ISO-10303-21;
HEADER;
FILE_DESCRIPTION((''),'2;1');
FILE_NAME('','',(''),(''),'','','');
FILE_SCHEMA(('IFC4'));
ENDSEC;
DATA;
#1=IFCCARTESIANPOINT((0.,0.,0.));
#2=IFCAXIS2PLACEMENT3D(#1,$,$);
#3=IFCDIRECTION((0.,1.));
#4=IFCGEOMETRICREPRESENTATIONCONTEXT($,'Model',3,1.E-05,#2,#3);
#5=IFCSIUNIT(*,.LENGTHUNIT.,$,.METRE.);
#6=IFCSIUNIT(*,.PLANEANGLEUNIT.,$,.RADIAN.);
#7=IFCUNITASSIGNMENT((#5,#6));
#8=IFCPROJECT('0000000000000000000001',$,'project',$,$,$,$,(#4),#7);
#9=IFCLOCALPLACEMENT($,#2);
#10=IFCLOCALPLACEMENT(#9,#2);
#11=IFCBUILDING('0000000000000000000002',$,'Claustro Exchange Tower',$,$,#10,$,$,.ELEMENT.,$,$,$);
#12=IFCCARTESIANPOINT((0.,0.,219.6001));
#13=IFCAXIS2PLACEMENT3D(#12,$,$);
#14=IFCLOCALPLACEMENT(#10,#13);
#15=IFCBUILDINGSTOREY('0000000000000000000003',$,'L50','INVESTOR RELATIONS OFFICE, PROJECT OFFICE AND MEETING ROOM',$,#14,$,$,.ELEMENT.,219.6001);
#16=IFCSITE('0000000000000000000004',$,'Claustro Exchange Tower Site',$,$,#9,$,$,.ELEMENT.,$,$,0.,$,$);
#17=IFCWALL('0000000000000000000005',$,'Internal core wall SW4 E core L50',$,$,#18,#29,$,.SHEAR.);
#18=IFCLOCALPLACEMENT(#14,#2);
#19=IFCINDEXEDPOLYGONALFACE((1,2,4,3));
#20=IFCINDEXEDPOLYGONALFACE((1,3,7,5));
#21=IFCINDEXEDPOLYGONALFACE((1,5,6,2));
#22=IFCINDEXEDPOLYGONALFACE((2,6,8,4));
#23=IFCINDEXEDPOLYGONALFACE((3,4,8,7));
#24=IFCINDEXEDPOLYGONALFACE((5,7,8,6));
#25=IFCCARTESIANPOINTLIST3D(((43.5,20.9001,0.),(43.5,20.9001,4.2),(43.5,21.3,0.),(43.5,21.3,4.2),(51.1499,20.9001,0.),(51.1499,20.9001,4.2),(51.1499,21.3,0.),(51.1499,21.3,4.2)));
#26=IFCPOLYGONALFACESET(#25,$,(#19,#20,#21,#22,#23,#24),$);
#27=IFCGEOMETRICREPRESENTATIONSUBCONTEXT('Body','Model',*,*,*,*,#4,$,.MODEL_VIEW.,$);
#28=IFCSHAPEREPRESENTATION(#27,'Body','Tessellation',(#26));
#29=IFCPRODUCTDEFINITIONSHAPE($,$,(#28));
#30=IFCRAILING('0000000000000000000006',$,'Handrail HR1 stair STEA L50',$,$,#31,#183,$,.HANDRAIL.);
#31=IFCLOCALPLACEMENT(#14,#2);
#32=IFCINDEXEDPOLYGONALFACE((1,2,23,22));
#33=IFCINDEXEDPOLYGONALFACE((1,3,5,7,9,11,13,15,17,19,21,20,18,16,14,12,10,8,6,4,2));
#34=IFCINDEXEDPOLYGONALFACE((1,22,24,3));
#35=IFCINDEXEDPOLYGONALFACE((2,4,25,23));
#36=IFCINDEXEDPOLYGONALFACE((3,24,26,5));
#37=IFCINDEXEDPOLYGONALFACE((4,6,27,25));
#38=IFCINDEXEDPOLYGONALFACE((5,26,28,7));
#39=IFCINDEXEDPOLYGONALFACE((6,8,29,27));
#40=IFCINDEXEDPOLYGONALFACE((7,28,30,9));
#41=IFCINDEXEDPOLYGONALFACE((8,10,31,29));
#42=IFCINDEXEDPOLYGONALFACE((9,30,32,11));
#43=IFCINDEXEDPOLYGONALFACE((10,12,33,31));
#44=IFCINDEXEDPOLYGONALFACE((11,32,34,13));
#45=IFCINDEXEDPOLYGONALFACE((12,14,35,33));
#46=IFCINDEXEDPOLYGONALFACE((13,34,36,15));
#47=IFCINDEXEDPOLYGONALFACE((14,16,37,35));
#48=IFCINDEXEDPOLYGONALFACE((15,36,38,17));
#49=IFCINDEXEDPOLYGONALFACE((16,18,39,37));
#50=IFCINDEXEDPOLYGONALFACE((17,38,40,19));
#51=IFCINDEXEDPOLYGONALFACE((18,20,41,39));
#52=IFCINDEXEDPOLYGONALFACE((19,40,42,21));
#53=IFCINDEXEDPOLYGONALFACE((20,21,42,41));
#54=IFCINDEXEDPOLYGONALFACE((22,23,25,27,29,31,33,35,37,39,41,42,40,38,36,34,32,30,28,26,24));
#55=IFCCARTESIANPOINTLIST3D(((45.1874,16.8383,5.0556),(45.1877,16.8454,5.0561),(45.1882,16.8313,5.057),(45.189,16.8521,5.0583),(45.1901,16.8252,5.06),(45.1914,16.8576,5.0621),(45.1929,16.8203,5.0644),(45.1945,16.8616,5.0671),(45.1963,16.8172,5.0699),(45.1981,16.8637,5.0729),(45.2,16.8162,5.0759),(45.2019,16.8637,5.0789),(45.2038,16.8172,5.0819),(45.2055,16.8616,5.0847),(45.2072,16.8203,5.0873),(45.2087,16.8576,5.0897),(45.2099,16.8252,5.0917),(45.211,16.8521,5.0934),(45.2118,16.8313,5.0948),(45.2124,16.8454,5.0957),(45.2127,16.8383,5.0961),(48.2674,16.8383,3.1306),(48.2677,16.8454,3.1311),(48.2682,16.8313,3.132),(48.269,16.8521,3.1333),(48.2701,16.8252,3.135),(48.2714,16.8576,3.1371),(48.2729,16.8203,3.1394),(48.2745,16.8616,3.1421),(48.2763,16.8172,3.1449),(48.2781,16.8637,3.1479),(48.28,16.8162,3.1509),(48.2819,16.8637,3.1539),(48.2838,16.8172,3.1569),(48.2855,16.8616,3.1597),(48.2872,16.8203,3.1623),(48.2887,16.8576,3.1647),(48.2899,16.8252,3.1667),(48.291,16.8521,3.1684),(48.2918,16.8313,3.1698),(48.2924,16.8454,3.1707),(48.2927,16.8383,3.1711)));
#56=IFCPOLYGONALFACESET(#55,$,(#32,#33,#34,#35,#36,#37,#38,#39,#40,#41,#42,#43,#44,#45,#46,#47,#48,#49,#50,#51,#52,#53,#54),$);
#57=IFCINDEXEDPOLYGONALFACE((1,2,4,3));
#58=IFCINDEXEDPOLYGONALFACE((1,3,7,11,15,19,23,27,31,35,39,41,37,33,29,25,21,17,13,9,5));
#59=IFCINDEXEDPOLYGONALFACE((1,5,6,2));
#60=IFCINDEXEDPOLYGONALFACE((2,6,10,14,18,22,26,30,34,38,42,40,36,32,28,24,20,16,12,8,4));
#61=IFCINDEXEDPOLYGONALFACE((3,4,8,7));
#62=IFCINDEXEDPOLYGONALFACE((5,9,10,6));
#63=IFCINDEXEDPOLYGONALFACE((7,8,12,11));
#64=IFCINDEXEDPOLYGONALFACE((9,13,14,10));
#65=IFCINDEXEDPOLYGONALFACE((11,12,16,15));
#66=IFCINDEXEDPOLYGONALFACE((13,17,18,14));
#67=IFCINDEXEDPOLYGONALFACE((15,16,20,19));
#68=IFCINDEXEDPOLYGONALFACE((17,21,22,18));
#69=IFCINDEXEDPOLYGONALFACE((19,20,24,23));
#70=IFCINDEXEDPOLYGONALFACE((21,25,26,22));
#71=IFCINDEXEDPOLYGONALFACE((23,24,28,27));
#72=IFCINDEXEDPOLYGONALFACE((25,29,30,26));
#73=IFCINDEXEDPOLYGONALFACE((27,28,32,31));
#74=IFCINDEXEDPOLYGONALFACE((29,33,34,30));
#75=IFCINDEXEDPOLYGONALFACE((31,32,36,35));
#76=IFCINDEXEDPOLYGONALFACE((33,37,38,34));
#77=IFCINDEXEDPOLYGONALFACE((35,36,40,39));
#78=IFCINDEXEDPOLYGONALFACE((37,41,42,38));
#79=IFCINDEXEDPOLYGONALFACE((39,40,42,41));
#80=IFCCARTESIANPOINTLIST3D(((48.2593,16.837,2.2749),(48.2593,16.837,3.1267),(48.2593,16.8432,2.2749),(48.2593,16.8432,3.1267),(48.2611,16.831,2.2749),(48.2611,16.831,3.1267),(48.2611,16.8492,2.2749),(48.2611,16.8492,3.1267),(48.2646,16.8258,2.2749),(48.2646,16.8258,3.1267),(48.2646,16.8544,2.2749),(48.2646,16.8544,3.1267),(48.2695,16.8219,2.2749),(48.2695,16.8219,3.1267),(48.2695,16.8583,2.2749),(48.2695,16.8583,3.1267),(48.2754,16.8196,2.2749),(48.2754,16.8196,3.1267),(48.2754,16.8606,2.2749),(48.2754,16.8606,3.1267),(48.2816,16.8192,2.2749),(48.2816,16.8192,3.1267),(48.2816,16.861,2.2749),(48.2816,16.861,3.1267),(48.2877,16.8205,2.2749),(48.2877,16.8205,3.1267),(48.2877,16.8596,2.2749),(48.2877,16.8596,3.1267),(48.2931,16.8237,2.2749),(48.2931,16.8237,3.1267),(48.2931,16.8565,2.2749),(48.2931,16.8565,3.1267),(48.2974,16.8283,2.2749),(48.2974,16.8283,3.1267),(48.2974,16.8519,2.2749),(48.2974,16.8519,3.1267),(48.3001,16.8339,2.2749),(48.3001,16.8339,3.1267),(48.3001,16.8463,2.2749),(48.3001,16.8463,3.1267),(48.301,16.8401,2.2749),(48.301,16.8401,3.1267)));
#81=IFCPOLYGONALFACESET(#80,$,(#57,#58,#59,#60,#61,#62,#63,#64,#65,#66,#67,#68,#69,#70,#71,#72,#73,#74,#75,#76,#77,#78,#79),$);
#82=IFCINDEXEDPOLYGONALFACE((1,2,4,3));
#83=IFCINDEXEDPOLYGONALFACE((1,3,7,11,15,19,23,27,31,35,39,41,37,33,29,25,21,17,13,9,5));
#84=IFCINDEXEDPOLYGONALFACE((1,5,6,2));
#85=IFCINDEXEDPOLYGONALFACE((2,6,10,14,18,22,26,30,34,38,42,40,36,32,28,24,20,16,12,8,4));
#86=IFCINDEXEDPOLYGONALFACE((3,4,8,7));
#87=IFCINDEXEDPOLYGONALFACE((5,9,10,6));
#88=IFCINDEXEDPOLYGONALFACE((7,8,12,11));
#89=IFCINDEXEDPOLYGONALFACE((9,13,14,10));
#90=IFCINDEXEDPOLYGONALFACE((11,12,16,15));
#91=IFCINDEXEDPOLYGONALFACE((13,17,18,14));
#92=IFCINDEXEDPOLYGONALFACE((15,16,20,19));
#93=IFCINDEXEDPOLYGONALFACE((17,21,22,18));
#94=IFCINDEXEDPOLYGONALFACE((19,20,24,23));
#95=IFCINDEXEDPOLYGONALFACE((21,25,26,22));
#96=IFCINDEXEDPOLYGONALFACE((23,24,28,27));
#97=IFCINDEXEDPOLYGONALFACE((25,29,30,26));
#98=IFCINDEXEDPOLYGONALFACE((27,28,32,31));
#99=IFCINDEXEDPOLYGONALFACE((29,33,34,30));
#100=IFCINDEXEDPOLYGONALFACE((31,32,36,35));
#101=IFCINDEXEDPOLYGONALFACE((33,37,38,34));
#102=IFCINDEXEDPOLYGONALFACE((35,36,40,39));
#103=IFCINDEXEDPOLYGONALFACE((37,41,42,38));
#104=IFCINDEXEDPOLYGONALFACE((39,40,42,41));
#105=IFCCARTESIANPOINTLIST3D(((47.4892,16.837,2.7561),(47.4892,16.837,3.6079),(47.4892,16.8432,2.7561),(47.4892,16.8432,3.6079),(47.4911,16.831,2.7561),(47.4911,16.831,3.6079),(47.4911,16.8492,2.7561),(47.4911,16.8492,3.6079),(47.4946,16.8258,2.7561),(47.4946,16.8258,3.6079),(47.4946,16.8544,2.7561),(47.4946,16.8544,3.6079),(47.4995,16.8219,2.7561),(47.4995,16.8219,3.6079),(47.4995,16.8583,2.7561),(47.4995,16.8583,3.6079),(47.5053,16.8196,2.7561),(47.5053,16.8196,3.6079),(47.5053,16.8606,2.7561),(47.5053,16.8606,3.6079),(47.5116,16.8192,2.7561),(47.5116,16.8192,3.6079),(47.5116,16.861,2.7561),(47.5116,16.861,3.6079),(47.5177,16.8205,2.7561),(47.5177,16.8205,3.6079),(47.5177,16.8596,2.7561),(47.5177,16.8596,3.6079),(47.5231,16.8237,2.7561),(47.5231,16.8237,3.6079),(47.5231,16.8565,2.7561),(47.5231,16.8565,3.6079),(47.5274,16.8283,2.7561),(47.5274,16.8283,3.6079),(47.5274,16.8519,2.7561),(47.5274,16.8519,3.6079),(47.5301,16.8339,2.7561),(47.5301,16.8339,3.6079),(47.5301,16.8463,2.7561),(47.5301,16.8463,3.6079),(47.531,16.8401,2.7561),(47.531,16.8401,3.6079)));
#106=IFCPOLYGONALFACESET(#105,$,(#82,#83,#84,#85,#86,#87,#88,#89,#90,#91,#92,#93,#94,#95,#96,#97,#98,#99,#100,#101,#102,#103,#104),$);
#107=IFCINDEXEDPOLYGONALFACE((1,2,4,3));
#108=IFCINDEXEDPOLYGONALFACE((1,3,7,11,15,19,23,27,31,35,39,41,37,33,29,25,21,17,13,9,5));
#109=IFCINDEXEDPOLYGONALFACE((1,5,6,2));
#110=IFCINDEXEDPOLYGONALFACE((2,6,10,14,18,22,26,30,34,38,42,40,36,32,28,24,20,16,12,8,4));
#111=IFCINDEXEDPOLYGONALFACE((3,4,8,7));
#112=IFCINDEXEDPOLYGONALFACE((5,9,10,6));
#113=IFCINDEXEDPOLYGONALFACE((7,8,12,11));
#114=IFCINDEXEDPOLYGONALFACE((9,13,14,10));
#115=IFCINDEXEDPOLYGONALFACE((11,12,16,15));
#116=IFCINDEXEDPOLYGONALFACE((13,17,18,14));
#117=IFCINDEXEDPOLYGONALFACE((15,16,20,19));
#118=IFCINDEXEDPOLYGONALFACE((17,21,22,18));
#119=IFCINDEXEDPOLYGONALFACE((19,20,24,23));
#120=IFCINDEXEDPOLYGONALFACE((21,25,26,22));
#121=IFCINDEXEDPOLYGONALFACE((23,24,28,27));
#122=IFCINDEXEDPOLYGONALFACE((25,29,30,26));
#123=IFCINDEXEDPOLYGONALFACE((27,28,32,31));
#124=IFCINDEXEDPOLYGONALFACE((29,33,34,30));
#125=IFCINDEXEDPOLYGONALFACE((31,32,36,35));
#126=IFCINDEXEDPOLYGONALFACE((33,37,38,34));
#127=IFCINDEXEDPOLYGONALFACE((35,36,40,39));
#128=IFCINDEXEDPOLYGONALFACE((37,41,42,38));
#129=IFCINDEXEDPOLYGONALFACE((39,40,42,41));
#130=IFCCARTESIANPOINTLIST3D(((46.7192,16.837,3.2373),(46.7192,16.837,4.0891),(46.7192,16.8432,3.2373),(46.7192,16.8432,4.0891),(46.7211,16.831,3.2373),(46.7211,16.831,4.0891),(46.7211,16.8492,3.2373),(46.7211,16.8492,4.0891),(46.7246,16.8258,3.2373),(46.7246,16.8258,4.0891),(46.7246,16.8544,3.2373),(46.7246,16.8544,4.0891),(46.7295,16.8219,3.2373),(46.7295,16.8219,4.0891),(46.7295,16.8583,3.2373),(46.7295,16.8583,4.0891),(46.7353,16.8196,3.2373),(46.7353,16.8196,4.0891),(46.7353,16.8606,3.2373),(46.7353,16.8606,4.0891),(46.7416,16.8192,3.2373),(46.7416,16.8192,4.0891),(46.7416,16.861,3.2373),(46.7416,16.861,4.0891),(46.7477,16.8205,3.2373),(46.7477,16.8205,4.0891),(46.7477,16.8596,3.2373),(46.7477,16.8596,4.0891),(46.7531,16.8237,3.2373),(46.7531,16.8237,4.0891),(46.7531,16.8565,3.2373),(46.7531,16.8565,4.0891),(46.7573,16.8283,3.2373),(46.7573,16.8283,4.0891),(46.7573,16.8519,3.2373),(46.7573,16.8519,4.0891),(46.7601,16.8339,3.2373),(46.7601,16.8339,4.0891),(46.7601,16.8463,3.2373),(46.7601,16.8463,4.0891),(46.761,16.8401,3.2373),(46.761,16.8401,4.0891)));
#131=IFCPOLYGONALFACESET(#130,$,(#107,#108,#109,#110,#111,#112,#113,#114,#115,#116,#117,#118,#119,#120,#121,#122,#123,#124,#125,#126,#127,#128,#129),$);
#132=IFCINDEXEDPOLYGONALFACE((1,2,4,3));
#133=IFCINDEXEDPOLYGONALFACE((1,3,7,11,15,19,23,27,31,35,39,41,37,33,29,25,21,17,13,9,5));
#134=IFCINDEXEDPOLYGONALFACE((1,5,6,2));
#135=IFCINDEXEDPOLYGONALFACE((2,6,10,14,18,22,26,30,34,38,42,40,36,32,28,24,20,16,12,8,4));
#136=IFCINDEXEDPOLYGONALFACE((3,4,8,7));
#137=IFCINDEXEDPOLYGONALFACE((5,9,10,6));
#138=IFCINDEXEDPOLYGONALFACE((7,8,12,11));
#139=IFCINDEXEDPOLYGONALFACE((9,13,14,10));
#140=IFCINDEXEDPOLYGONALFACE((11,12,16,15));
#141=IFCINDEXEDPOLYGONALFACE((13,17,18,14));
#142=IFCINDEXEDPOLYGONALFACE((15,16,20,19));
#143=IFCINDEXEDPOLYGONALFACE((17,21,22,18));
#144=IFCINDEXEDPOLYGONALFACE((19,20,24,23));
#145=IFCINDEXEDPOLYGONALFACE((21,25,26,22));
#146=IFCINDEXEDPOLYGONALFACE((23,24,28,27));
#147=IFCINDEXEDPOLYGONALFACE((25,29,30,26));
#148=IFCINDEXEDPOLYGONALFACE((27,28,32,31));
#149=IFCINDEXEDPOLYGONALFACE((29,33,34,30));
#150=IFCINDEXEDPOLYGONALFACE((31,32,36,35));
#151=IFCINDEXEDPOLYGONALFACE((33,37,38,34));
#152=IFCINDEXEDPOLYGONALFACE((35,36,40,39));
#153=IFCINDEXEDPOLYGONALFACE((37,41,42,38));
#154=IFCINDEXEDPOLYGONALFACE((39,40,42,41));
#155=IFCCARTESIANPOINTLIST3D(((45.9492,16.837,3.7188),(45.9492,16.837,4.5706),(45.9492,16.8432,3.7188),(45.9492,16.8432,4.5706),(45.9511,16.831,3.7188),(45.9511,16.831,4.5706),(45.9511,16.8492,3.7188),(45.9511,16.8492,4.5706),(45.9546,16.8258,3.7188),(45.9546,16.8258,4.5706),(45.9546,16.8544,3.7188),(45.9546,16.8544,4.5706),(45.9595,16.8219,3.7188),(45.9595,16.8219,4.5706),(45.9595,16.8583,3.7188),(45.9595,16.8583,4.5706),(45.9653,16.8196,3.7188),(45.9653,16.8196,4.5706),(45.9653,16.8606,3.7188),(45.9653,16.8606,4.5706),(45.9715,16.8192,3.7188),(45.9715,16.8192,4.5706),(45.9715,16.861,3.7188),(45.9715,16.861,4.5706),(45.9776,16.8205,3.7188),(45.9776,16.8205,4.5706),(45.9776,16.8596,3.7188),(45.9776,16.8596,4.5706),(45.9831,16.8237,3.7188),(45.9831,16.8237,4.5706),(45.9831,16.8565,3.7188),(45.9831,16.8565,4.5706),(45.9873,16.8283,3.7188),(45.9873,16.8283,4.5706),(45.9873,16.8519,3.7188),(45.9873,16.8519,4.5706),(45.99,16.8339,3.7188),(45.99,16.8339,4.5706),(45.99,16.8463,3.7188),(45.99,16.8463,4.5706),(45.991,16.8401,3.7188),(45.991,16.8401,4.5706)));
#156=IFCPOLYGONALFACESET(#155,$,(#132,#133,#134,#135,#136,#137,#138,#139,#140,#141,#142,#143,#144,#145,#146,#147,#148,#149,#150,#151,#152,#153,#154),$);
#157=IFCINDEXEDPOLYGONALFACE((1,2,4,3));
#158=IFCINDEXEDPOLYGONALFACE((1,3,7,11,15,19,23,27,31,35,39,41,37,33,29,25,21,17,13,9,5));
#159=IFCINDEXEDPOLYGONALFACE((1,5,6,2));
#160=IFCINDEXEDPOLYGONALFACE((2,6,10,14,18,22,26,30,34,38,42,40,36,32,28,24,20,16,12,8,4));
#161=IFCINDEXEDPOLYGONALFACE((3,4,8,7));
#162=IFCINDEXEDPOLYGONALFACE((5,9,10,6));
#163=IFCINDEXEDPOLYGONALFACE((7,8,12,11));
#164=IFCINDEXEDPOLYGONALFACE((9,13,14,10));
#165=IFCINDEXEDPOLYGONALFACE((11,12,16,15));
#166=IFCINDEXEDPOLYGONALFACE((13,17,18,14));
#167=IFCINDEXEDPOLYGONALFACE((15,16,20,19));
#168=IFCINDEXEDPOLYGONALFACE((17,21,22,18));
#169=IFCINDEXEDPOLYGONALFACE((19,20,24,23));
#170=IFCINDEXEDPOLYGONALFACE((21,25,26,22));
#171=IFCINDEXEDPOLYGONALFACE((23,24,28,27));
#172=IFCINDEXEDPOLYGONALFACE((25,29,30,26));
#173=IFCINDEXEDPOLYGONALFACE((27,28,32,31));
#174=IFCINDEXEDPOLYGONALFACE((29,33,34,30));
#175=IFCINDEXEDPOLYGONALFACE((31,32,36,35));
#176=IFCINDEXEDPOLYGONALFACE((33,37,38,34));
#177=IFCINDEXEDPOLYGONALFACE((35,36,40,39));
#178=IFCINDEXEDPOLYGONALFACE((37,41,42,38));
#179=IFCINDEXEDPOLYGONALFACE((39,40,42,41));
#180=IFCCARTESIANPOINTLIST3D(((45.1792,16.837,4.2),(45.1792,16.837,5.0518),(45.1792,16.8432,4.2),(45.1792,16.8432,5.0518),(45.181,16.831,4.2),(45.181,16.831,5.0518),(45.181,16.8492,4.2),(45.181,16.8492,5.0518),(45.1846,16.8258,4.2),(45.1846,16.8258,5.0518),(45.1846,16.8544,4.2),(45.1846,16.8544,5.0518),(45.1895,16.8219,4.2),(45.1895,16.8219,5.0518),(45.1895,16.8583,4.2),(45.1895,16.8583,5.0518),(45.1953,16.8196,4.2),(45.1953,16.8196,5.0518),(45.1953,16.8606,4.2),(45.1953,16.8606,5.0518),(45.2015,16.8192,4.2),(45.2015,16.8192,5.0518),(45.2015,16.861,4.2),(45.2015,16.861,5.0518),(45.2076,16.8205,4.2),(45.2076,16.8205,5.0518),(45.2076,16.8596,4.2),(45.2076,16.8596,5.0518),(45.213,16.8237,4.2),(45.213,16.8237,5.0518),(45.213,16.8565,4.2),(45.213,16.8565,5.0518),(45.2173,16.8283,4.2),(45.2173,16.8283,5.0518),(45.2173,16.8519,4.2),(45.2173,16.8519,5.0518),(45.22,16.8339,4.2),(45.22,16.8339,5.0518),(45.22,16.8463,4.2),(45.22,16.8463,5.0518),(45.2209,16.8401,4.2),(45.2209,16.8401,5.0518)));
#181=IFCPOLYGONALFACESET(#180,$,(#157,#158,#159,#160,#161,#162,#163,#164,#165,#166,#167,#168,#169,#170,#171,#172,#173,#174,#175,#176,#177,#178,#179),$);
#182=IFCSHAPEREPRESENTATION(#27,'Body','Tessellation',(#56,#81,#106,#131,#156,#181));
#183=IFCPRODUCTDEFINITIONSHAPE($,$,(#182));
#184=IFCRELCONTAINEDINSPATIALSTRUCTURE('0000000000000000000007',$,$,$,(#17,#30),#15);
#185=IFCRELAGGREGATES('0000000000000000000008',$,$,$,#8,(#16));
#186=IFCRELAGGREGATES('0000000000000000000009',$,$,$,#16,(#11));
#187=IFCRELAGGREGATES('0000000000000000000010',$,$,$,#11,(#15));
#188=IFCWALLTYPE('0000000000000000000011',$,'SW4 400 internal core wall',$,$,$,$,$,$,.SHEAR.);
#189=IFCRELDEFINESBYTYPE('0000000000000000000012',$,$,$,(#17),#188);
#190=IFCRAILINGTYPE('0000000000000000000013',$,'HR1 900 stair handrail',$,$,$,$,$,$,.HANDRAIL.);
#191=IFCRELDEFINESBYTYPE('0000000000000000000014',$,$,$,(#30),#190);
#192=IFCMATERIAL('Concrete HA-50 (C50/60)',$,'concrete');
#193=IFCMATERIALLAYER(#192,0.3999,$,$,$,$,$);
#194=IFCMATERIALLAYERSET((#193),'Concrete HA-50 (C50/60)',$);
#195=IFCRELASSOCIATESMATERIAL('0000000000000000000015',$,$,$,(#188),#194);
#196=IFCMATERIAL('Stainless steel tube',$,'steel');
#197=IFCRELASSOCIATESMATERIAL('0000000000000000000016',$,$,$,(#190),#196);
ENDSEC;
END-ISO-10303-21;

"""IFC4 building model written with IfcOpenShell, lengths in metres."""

from ifc_helpers import new_model, si_unit, direction, frame, frame_2d, origin, origin_2d, place, context, subcontext, project, spatial, rectangle, circle, extrude, material, layer, layer_set, type_object, element, save


model = new_model("IFC4")

# Units and contexts
model_context = context("Model", 3, precision=1e-05, world=origin(), true_north=direction((0.0, 1.0)))
body_context = subcontext(model_context, "Body", "Model", "MODEL_VIEW")
ifc_project = project(units=[si_unit("LENGTHUNIT", "METRE"), si_unit("PLANEANGLEUNIT", "RADIAN")], contexts=[model_context])

# Site, building, storey
site_placement = place(None, origin())
site = spatial("IfcSite", under=ifc_project, at=site_placement, Name="Claustro Exchange Tower Site", CompositionType="ELEMENT", RefElevation=0.0)
building_placement = place(site_placement, origin())
building = spatial("IfcBuilding", under=site, at=building_placement, Name="Claustro Exchange Tower", CompositionType="ELEMENT")
storey_placement = place(building_placement, frame((0.0, 0.0, 219.6001)))
storey = spatial("IfcBuildingStorey", under=building, at=storey_placement, Name="L50", Description="INVESTOR RELATIONS OFFICE, PROJECT OFFICE AND MEETING ROOM", CompositionType="ELEMENT", Elevation=219.6001)

# Wall
ifc_material_1 = material(Name="Concrete HA-50 (C50/60)", Category="concrete")
ifc_layer_1 = layer(ifc_material_1, 0.3999)
ifc_layer_set_1 = layer_set([ifc_layer_1], Name="Concrete HA-50 (C50/60)")
wall_type_1 = type_object("IfcWallType", Name="SW4 400 internal core wall", PredefinedType="SHEAR", material=ifc_layer_set_1)
for number, where, z_axis, x_axis, name in (
    (1, (51.1499, 21.1001, 0.0), (0.0, 0.0, 1.0), (-1.0, 0.0, 0.0), "Internal core wall SW4 E core L50"),
):
    element("IfcWall", number, at=place(storey_placement, frame(where, z_axis=z_axis, x_axis=x_axis)), inside=storey, type_object=wall_type_1, Name=name, PredefinedType="SHEAR", context=body_context, shape_type="SweptSolid", body=[
        extrude(rectangle(XDim=7.6499, YDim=0.3999, at=frame_2d((3.825, 0.0))), origin(), (0.0, 0.0, 1.0), 4.2),
    ])

# Railing
ifc_material_2 = material(Name="Stainless steel tube", Category="steel")
railing_type = type_object("IfcRailingType", Name="HR1 900 stair handrail", PredefinedType="HANDRAIL", material=ifc_material_2)
railing_placement = place(storey_placement, frame((48.28, 16.8401, 2.2749)))
element("IfcRailing", 2, at=railing_placement, inside=storey, type_object=railing_type, Name="Handrail HR1 stair STEA L50", PredefinedType="HANDRAIL", context=body_context, shape_type="SweptSolid", body=[
    extrude(circle(Radius=0.0239, at=origin_2d()), frame((0.0, 0.0, 0.876), z_axis=(-0.847998, 0.0, 0.529999), x_axis=(0.0, -1.0, 0.0)), (0.0, 0.0, 1.0), 3.6321),
    extrude(circle(Radius=0.021, at=origin_2d()), origin(), (0.0, 0.0, 1.0), 0.8518),
    extrude(circle(Radius=0.021, at=origin_2d()), frame((-0.77, 0.0, 0.4812)), (0.0, 0.0, 1.0), 0.8518),
    extrude(circle(Radius=0.021, at=origin_2d()), frame((-1.54, 0.0, 0.9624)), (0.0, 0.0, 1.0), 0.8518),
    extrude(circle(Radius=0.021, at=origin_2d()), frame((-2.3101, 0.0, 1.4438)), (0.0, 0.0, 1.0), 0.8518),
    extrude(circle(Radius=0.021, at=origin_2d()), frame((-3.0801, 0.0, 1.925)), (0.0, 0.0, 1.0), 0.8518),
])

save(model, "model.ifc")
